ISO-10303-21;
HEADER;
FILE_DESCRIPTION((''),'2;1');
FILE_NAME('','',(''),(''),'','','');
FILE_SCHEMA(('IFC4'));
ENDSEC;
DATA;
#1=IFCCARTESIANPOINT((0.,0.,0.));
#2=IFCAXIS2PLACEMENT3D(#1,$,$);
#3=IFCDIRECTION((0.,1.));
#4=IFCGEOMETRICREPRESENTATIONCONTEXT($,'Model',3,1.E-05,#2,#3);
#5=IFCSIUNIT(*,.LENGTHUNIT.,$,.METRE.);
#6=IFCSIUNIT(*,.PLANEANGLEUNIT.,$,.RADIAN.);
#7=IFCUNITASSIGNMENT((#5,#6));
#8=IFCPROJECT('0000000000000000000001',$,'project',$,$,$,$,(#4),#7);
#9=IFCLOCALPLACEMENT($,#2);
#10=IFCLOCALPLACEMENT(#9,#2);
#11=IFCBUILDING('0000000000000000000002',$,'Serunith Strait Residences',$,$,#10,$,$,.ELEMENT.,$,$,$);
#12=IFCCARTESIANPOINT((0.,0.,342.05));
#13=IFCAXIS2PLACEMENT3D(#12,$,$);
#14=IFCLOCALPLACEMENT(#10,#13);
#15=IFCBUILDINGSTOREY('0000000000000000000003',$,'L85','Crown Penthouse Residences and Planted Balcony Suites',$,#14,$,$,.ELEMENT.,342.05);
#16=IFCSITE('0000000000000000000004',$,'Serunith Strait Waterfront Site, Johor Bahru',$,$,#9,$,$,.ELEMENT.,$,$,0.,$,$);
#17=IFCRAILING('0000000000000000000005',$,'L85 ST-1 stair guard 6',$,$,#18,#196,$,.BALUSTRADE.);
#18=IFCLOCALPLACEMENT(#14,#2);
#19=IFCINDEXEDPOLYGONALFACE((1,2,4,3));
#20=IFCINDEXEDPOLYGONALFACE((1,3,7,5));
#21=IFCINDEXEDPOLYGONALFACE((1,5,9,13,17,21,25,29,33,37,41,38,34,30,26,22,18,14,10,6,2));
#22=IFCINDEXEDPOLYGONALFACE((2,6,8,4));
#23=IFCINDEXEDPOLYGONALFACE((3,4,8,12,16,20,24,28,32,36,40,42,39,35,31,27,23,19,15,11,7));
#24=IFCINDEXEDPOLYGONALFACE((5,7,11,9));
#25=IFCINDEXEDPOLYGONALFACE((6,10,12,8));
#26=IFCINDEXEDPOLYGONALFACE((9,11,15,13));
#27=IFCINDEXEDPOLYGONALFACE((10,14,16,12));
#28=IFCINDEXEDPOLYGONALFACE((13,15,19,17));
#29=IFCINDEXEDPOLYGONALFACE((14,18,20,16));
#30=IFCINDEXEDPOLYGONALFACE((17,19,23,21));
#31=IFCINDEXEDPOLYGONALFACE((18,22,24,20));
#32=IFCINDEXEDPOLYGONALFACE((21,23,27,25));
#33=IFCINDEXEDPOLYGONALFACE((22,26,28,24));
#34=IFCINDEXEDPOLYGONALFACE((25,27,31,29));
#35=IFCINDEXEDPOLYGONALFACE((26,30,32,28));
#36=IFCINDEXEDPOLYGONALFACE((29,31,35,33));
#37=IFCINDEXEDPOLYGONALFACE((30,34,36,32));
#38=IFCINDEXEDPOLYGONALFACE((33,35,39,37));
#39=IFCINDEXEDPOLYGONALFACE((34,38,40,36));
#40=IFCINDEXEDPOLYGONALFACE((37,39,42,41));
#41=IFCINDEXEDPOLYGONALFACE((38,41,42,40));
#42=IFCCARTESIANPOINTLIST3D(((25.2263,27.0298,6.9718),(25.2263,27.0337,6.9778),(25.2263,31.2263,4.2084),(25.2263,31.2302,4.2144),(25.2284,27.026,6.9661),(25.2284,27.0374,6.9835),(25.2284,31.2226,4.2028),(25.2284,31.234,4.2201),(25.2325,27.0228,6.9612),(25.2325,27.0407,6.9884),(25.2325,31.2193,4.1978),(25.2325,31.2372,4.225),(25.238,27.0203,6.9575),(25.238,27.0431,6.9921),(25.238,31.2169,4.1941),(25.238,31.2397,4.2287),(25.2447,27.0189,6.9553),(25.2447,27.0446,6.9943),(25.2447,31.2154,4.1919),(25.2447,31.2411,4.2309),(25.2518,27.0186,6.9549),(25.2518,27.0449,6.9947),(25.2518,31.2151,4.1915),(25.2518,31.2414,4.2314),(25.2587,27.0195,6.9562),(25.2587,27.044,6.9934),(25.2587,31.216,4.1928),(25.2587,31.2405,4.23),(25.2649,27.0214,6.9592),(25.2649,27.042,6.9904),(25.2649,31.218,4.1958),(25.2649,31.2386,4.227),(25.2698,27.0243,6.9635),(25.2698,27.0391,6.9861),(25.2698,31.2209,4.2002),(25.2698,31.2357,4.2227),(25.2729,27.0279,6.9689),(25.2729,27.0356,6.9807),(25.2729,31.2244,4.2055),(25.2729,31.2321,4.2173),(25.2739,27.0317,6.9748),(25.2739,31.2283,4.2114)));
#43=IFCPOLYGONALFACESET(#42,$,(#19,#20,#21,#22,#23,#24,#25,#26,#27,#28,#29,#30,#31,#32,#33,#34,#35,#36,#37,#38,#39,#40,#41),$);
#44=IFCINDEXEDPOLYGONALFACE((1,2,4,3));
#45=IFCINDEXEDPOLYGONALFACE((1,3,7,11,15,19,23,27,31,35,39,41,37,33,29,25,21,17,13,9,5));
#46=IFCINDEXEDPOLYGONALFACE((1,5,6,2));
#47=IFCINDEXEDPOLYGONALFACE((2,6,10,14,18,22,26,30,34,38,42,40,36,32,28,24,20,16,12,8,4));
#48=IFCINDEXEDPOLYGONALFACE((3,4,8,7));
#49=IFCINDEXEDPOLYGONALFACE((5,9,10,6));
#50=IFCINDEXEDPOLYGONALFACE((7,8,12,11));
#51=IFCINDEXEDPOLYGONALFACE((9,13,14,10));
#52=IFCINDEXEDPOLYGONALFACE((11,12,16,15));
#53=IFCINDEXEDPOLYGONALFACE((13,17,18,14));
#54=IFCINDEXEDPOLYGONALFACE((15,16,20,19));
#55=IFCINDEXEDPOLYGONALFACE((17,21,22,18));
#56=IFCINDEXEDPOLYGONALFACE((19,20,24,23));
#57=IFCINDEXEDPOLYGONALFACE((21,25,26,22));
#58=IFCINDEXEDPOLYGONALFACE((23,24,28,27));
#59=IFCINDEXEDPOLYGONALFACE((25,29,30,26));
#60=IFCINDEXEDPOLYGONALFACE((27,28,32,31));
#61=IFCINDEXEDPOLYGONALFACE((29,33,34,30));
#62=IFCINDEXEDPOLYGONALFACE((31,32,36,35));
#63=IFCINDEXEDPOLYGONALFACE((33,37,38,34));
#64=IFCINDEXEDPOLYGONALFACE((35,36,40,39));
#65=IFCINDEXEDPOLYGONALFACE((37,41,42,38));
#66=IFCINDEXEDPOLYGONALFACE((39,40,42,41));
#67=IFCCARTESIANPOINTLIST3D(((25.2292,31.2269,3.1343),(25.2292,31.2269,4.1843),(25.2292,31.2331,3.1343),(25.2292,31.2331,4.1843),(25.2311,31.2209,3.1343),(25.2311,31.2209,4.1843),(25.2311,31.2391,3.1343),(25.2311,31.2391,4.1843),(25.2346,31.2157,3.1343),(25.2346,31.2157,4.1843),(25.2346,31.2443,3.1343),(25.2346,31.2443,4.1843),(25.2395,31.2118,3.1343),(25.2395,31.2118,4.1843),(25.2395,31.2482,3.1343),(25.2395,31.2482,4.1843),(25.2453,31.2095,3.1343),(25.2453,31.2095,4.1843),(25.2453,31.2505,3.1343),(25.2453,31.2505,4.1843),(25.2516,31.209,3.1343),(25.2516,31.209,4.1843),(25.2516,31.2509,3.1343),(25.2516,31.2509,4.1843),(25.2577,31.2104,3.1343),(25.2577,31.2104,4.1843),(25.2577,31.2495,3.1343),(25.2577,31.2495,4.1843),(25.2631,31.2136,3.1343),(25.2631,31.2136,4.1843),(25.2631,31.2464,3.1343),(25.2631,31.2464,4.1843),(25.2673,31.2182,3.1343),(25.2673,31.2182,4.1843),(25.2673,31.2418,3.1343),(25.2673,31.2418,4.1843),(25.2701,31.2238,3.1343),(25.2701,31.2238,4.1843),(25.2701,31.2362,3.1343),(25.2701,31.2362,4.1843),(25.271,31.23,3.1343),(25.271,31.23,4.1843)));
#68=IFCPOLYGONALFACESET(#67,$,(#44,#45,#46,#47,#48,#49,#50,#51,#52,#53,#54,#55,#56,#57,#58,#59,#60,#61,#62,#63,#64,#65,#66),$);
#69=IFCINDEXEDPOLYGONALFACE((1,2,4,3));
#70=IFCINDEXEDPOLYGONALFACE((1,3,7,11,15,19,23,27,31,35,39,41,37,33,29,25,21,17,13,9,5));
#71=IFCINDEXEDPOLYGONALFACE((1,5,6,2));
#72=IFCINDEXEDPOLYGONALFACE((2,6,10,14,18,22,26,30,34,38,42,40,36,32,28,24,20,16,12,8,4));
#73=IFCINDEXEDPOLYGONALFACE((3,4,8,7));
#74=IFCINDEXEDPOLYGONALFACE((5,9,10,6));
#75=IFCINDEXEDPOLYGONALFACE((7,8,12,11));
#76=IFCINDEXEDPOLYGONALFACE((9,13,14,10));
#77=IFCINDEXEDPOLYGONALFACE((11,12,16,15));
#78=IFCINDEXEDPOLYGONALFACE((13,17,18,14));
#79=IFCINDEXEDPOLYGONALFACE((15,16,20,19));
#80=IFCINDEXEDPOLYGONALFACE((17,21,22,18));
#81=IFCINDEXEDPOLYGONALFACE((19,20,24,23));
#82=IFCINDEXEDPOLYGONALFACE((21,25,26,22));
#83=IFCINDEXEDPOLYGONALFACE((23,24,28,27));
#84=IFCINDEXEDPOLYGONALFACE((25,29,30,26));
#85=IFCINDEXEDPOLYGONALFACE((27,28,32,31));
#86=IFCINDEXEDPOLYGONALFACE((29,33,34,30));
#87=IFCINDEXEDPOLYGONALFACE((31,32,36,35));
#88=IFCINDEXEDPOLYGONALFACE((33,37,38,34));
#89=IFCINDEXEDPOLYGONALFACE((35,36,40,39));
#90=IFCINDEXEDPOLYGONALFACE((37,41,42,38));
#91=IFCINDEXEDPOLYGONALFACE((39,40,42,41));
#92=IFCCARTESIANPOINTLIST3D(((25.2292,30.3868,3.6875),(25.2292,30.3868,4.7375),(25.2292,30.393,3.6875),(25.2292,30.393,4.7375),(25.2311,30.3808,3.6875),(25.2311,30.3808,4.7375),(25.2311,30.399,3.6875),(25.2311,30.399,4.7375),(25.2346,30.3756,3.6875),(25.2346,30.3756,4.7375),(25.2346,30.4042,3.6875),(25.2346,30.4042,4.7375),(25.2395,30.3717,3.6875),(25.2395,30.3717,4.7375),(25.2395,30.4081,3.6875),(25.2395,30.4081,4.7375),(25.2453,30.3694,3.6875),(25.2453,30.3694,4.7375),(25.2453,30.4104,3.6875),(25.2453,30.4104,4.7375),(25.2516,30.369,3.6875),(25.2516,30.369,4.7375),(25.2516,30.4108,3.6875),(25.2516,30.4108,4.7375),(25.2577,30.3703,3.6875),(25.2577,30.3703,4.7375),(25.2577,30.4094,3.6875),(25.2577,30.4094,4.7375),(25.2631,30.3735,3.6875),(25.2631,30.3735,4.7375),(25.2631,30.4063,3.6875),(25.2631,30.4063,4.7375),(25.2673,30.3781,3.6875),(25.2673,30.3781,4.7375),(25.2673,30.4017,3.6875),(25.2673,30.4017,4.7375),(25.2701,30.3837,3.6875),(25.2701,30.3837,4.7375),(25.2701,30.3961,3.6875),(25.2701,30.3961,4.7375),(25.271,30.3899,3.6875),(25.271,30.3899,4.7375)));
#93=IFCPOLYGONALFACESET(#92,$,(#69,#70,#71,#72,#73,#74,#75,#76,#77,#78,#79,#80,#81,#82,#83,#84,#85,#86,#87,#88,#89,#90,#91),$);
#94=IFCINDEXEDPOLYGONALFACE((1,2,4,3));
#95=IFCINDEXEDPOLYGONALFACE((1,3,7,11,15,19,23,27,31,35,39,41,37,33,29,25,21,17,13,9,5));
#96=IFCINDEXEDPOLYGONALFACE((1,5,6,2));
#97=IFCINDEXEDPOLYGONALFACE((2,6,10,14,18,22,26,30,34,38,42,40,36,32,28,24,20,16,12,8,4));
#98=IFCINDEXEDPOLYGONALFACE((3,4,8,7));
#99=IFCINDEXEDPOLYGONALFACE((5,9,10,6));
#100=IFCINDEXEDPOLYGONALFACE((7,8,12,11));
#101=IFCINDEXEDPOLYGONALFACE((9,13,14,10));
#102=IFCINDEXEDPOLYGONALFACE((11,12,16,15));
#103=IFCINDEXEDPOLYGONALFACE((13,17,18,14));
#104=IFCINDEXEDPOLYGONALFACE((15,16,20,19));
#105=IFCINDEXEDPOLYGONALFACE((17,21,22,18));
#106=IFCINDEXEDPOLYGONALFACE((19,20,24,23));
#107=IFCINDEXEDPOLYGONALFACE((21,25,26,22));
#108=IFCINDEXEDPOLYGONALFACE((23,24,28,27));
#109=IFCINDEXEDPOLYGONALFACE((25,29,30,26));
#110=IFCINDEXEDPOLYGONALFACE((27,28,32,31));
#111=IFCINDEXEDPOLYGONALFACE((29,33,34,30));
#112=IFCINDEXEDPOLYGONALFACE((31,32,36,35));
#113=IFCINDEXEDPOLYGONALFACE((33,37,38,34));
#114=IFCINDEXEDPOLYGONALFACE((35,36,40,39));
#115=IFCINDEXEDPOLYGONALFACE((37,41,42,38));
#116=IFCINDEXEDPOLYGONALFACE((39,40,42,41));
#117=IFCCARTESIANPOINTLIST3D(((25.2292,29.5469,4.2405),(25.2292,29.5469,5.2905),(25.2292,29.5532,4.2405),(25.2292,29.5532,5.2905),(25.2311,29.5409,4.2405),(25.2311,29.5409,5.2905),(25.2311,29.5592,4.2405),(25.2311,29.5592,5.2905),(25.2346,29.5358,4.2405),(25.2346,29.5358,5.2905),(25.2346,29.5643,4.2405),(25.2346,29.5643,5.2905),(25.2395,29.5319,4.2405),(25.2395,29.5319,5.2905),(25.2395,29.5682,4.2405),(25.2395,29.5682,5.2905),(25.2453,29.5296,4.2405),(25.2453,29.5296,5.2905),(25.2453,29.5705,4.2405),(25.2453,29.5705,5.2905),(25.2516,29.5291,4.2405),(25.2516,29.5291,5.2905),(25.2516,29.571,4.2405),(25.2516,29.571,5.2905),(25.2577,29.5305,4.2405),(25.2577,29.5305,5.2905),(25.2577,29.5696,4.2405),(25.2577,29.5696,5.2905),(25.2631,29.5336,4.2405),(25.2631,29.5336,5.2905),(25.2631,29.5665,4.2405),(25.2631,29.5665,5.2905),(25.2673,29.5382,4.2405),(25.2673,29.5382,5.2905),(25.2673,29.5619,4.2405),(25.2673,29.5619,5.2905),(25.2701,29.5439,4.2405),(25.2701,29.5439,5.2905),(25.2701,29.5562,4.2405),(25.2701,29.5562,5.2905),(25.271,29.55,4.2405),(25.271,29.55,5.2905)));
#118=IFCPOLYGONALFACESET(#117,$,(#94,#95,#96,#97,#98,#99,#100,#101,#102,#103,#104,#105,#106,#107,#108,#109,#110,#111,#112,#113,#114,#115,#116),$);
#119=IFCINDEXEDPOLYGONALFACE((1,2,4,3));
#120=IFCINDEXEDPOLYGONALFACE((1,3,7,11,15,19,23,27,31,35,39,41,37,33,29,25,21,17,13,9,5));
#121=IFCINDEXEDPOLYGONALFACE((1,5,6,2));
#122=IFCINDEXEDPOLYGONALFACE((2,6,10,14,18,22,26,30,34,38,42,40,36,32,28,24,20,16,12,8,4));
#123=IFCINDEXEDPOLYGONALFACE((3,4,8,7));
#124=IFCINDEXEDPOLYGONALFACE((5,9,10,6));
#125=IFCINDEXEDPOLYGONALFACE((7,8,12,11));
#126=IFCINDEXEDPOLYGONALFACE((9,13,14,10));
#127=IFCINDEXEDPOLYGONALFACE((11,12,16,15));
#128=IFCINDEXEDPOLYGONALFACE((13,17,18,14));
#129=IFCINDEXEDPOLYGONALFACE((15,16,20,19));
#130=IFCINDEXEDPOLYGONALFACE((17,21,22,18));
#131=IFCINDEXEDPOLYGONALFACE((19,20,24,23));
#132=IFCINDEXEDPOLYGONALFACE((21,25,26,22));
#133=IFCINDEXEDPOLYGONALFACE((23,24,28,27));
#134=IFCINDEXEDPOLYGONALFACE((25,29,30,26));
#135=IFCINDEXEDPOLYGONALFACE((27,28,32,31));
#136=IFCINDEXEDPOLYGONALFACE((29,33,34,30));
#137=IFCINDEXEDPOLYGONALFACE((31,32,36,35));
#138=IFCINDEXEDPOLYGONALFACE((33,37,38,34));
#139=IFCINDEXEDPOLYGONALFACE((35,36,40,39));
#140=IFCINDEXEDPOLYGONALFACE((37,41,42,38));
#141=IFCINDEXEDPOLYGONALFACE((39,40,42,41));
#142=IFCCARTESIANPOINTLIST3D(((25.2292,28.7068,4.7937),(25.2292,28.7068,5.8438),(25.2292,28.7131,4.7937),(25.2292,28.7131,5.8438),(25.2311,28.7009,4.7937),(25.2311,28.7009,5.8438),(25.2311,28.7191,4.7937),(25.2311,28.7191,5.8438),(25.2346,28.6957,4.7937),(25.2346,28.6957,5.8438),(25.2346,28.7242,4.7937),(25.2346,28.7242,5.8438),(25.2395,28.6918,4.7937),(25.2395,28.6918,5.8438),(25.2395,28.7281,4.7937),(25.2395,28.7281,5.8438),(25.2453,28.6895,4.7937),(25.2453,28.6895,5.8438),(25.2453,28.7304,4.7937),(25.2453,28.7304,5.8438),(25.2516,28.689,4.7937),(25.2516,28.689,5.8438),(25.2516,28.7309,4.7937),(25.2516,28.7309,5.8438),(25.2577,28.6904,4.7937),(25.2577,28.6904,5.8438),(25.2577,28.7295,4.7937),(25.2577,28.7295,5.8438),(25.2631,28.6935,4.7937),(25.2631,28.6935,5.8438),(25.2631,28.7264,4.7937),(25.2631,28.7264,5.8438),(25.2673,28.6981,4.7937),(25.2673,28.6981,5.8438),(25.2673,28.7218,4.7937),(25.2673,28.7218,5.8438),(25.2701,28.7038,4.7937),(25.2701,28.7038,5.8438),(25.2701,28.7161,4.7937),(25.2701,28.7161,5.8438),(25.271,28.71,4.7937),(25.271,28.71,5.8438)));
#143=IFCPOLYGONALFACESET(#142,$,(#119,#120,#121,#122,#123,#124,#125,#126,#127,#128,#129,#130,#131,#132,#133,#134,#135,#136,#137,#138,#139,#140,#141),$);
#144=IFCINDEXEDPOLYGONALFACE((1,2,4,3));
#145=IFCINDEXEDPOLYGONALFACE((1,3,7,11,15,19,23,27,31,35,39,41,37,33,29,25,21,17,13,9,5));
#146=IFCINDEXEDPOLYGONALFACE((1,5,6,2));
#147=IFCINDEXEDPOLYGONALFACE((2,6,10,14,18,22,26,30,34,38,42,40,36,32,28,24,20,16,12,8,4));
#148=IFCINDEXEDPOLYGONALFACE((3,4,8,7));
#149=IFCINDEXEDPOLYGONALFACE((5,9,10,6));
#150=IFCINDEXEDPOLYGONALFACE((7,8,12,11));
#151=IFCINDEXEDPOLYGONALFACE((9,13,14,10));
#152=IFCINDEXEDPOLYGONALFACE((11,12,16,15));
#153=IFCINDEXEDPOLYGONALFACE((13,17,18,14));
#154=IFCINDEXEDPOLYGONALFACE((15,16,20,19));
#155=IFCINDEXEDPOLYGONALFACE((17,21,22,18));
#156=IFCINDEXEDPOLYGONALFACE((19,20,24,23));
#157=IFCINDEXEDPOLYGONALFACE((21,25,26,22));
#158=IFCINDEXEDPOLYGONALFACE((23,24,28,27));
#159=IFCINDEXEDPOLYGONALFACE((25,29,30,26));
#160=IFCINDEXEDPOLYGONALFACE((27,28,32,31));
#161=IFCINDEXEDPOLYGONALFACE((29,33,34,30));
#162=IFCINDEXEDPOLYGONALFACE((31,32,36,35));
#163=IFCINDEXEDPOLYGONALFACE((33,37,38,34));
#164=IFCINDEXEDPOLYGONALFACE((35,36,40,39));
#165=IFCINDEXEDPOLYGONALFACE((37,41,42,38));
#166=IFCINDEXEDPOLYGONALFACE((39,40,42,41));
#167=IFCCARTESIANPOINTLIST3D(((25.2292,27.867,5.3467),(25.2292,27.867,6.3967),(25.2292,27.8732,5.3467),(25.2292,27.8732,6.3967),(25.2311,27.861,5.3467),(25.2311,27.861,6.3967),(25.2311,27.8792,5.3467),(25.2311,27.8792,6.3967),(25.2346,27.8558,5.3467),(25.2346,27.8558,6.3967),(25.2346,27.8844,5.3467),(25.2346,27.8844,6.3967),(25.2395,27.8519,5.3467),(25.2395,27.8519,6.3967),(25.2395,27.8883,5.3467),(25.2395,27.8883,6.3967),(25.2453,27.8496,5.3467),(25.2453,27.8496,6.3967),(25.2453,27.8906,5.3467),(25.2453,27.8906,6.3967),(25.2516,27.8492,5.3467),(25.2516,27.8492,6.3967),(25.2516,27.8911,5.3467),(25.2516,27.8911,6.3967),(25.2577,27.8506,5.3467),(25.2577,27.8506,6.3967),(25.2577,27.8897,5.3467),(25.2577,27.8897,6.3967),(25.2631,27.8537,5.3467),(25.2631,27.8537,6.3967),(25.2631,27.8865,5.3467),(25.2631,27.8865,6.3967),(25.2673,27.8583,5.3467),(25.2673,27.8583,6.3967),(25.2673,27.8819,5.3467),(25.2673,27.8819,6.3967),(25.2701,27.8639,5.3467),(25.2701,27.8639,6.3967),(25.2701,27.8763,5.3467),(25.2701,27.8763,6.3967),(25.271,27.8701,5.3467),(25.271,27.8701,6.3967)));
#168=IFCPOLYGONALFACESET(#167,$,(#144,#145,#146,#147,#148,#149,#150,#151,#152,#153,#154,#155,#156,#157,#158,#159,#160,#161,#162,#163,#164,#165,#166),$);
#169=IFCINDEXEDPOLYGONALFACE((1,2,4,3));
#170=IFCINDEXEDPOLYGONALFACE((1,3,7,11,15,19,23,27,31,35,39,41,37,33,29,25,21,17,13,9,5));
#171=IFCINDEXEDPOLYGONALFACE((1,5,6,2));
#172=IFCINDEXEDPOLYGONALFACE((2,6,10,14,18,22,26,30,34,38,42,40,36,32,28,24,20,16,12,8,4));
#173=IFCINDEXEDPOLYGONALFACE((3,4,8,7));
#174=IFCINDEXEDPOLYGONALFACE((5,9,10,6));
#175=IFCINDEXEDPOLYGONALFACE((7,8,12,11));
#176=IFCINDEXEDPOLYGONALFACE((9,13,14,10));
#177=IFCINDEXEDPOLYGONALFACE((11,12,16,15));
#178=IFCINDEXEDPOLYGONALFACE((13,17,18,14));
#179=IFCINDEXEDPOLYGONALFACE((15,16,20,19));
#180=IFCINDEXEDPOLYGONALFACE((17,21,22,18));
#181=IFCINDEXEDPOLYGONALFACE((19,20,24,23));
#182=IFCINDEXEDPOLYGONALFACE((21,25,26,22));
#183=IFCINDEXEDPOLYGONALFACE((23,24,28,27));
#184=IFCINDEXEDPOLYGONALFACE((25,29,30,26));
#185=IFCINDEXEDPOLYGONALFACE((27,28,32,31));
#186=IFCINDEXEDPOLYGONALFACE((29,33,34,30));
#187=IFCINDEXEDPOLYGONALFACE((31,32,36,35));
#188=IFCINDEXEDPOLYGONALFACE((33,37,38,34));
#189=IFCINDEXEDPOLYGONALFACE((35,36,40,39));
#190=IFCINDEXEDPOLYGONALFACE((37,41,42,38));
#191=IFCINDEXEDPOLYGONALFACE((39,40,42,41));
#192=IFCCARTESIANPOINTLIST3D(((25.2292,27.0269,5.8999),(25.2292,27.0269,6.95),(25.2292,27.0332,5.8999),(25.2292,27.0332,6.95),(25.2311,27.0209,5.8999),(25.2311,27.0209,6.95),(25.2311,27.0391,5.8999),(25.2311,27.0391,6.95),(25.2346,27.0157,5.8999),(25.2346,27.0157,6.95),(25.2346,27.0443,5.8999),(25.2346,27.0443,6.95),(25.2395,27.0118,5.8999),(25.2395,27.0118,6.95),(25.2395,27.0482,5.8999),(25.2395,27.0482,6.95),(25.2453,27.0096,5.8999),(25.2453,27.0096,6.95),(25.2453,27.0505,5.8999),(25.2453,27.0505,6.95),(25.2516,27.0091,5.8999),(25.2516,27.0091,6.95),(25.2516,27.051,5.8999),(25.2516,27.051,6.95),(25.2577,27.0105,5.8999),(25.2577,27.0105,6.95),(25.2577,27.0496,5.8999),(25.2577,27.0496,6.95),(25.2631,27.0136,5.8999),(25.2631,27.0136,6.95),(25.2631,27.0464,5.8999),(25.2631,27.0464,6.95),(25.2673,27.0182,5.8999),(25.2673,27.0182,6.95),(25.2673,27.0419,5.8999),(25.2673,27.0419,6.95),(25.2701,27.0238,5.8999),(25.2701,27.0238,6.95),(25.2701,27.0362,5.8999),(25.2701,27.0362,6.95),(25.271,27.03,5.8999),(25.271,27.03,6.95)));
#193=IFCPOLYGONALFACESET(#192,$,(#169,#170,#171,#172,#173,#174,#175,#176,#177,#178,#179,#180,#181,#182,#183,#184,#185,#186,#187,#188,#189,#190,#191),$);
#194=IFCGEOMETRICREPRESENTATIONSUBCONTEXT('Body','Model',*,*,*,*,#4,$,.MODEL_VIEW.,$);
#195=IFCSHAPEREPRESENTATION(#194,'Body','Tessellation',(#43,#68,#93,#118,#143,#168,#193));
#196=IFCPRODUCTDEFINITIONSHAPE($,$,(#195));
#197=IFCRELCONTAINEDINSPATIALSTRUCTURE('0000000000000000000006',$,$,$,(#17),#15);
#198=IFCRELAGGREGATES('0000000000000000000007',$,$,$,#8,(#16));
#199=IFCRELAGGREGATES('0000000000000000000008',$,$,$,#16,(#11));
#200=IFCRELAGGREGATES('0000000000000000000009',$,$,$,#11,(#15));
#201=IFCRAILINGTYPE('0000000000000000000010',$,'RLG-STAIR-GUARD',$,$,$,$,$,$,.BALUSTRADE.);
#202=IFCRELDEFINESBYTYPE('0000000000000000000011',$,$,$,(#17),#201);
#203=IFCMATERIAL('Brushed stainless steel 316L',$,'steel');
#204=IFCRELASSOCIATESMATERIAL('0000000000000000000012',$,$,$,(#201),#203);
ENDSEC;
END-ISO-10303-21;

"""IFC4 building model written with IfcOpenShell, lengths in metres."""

from ifc_helpers import new_model, si_unit, direction, frame, origin, origin_2d, place, context, subcontext, project, spatial, circle, extrude, material, type_object, element, save


model = new_model("IFC4")

# Units and contexts
model_context = context("Model", 3, precision=1e-05, world=origin(), true_north=direction((0.0, 1.0)))
body_context = subcontext(model_context, "Body", "Model", "MODEL_VIEW")
ifc_project = project(units=[si_unit("LENGTHUNIT", "METRE"), si_unit("PLANEANGLEUNIT", "RADIAN")], contexts=[model_context])

# Site, building, storey
site_placement = place(None, origin())
site = spatial("IfcSite", under=ifc_project, at=site_placement, Name="Serunith Strait Waterfront Site, Johor Bahru", CompositionType="ELEMENT", RefElevation=0.0)
building_placement = place(site_placement, origin())
building = spatial("IfcBuilding", under=site, at=building_placement, Name="Serunith Strait Residences", CompositionType="ELEMENT")
storey_placement = place(building_placement, frame((0.0, 0.0, 342.05)))
storey = spatial("IfcBuildingStorey", under=building, at=storey_placement, Name="L85", Description="Crown Penthouse Residences and Planted Balcony Suites", CompositionType="ELEMENT", Elevation=342.05)

# Railing
ifc_material_1 = material(Name="Brushed stainless steel 316L", Category="steel")
railing_type_1 = type_object("IfcRailingType", Name="RLG-STAIR-GUARD", PredefinedType="BALUSTRADE", material=ifc_material_1)
railing_1_placement = place(storey_placement, frame((25.25, 31.23, 3.1343)))
element("IfcRailing", 1, at=railing_1_placement, inside=storey, type_object=railing_type_1, Name="L85 ST-1 stair guard 6", PredefinedType="BALUSTRADE", context=body_context, shape_type="SweptSolid", body=[
    extrude(circle(Radius=0.0239, at=origin_2d()), frame((0.0, -0.0017, 1.0771), z_axis=(0.0, -0.835189, 0.549963), x_axis=(1.0, 0.0, 0.0)), (0.0, 0.0, 1.0), 5.0247),
    extrude(circle(Radius=0.021, at=origin_2d()), origin(), (0.0, 0.0, 1.0), 1.05),
    extrude(circle(Radius=0.021, at=origin_2d()), frame((0.0, -0.8401, 0.5532)), (0.0, 0.0, 1.0), 1.05),
    extrude(circle(Radius=0.021, at=origin_2d()), frame((0.0, -1.6799, 1.1062)), (0.0, 0.0, 1.0), 1.05),
    extrude(circle(Radius=0.021, at=origin_2d()), frame((0.0, -2.52, 1.6594)), (0.0, 0.0, 1.0), 1.05),
    extrude(circle(Radius=0.021, at=origin_2d()), frame((0.0, -3.3599, 2.2124)), (0.0, 0.0, 1.0), 1.05),
    extrude(circle(Radius=0.021, at=origin_2d()), frame((0.0, -4.2, 2.7656)), (0.0, 0.0, 1.0), 1.05),
])

save(model, "model.ifc")
